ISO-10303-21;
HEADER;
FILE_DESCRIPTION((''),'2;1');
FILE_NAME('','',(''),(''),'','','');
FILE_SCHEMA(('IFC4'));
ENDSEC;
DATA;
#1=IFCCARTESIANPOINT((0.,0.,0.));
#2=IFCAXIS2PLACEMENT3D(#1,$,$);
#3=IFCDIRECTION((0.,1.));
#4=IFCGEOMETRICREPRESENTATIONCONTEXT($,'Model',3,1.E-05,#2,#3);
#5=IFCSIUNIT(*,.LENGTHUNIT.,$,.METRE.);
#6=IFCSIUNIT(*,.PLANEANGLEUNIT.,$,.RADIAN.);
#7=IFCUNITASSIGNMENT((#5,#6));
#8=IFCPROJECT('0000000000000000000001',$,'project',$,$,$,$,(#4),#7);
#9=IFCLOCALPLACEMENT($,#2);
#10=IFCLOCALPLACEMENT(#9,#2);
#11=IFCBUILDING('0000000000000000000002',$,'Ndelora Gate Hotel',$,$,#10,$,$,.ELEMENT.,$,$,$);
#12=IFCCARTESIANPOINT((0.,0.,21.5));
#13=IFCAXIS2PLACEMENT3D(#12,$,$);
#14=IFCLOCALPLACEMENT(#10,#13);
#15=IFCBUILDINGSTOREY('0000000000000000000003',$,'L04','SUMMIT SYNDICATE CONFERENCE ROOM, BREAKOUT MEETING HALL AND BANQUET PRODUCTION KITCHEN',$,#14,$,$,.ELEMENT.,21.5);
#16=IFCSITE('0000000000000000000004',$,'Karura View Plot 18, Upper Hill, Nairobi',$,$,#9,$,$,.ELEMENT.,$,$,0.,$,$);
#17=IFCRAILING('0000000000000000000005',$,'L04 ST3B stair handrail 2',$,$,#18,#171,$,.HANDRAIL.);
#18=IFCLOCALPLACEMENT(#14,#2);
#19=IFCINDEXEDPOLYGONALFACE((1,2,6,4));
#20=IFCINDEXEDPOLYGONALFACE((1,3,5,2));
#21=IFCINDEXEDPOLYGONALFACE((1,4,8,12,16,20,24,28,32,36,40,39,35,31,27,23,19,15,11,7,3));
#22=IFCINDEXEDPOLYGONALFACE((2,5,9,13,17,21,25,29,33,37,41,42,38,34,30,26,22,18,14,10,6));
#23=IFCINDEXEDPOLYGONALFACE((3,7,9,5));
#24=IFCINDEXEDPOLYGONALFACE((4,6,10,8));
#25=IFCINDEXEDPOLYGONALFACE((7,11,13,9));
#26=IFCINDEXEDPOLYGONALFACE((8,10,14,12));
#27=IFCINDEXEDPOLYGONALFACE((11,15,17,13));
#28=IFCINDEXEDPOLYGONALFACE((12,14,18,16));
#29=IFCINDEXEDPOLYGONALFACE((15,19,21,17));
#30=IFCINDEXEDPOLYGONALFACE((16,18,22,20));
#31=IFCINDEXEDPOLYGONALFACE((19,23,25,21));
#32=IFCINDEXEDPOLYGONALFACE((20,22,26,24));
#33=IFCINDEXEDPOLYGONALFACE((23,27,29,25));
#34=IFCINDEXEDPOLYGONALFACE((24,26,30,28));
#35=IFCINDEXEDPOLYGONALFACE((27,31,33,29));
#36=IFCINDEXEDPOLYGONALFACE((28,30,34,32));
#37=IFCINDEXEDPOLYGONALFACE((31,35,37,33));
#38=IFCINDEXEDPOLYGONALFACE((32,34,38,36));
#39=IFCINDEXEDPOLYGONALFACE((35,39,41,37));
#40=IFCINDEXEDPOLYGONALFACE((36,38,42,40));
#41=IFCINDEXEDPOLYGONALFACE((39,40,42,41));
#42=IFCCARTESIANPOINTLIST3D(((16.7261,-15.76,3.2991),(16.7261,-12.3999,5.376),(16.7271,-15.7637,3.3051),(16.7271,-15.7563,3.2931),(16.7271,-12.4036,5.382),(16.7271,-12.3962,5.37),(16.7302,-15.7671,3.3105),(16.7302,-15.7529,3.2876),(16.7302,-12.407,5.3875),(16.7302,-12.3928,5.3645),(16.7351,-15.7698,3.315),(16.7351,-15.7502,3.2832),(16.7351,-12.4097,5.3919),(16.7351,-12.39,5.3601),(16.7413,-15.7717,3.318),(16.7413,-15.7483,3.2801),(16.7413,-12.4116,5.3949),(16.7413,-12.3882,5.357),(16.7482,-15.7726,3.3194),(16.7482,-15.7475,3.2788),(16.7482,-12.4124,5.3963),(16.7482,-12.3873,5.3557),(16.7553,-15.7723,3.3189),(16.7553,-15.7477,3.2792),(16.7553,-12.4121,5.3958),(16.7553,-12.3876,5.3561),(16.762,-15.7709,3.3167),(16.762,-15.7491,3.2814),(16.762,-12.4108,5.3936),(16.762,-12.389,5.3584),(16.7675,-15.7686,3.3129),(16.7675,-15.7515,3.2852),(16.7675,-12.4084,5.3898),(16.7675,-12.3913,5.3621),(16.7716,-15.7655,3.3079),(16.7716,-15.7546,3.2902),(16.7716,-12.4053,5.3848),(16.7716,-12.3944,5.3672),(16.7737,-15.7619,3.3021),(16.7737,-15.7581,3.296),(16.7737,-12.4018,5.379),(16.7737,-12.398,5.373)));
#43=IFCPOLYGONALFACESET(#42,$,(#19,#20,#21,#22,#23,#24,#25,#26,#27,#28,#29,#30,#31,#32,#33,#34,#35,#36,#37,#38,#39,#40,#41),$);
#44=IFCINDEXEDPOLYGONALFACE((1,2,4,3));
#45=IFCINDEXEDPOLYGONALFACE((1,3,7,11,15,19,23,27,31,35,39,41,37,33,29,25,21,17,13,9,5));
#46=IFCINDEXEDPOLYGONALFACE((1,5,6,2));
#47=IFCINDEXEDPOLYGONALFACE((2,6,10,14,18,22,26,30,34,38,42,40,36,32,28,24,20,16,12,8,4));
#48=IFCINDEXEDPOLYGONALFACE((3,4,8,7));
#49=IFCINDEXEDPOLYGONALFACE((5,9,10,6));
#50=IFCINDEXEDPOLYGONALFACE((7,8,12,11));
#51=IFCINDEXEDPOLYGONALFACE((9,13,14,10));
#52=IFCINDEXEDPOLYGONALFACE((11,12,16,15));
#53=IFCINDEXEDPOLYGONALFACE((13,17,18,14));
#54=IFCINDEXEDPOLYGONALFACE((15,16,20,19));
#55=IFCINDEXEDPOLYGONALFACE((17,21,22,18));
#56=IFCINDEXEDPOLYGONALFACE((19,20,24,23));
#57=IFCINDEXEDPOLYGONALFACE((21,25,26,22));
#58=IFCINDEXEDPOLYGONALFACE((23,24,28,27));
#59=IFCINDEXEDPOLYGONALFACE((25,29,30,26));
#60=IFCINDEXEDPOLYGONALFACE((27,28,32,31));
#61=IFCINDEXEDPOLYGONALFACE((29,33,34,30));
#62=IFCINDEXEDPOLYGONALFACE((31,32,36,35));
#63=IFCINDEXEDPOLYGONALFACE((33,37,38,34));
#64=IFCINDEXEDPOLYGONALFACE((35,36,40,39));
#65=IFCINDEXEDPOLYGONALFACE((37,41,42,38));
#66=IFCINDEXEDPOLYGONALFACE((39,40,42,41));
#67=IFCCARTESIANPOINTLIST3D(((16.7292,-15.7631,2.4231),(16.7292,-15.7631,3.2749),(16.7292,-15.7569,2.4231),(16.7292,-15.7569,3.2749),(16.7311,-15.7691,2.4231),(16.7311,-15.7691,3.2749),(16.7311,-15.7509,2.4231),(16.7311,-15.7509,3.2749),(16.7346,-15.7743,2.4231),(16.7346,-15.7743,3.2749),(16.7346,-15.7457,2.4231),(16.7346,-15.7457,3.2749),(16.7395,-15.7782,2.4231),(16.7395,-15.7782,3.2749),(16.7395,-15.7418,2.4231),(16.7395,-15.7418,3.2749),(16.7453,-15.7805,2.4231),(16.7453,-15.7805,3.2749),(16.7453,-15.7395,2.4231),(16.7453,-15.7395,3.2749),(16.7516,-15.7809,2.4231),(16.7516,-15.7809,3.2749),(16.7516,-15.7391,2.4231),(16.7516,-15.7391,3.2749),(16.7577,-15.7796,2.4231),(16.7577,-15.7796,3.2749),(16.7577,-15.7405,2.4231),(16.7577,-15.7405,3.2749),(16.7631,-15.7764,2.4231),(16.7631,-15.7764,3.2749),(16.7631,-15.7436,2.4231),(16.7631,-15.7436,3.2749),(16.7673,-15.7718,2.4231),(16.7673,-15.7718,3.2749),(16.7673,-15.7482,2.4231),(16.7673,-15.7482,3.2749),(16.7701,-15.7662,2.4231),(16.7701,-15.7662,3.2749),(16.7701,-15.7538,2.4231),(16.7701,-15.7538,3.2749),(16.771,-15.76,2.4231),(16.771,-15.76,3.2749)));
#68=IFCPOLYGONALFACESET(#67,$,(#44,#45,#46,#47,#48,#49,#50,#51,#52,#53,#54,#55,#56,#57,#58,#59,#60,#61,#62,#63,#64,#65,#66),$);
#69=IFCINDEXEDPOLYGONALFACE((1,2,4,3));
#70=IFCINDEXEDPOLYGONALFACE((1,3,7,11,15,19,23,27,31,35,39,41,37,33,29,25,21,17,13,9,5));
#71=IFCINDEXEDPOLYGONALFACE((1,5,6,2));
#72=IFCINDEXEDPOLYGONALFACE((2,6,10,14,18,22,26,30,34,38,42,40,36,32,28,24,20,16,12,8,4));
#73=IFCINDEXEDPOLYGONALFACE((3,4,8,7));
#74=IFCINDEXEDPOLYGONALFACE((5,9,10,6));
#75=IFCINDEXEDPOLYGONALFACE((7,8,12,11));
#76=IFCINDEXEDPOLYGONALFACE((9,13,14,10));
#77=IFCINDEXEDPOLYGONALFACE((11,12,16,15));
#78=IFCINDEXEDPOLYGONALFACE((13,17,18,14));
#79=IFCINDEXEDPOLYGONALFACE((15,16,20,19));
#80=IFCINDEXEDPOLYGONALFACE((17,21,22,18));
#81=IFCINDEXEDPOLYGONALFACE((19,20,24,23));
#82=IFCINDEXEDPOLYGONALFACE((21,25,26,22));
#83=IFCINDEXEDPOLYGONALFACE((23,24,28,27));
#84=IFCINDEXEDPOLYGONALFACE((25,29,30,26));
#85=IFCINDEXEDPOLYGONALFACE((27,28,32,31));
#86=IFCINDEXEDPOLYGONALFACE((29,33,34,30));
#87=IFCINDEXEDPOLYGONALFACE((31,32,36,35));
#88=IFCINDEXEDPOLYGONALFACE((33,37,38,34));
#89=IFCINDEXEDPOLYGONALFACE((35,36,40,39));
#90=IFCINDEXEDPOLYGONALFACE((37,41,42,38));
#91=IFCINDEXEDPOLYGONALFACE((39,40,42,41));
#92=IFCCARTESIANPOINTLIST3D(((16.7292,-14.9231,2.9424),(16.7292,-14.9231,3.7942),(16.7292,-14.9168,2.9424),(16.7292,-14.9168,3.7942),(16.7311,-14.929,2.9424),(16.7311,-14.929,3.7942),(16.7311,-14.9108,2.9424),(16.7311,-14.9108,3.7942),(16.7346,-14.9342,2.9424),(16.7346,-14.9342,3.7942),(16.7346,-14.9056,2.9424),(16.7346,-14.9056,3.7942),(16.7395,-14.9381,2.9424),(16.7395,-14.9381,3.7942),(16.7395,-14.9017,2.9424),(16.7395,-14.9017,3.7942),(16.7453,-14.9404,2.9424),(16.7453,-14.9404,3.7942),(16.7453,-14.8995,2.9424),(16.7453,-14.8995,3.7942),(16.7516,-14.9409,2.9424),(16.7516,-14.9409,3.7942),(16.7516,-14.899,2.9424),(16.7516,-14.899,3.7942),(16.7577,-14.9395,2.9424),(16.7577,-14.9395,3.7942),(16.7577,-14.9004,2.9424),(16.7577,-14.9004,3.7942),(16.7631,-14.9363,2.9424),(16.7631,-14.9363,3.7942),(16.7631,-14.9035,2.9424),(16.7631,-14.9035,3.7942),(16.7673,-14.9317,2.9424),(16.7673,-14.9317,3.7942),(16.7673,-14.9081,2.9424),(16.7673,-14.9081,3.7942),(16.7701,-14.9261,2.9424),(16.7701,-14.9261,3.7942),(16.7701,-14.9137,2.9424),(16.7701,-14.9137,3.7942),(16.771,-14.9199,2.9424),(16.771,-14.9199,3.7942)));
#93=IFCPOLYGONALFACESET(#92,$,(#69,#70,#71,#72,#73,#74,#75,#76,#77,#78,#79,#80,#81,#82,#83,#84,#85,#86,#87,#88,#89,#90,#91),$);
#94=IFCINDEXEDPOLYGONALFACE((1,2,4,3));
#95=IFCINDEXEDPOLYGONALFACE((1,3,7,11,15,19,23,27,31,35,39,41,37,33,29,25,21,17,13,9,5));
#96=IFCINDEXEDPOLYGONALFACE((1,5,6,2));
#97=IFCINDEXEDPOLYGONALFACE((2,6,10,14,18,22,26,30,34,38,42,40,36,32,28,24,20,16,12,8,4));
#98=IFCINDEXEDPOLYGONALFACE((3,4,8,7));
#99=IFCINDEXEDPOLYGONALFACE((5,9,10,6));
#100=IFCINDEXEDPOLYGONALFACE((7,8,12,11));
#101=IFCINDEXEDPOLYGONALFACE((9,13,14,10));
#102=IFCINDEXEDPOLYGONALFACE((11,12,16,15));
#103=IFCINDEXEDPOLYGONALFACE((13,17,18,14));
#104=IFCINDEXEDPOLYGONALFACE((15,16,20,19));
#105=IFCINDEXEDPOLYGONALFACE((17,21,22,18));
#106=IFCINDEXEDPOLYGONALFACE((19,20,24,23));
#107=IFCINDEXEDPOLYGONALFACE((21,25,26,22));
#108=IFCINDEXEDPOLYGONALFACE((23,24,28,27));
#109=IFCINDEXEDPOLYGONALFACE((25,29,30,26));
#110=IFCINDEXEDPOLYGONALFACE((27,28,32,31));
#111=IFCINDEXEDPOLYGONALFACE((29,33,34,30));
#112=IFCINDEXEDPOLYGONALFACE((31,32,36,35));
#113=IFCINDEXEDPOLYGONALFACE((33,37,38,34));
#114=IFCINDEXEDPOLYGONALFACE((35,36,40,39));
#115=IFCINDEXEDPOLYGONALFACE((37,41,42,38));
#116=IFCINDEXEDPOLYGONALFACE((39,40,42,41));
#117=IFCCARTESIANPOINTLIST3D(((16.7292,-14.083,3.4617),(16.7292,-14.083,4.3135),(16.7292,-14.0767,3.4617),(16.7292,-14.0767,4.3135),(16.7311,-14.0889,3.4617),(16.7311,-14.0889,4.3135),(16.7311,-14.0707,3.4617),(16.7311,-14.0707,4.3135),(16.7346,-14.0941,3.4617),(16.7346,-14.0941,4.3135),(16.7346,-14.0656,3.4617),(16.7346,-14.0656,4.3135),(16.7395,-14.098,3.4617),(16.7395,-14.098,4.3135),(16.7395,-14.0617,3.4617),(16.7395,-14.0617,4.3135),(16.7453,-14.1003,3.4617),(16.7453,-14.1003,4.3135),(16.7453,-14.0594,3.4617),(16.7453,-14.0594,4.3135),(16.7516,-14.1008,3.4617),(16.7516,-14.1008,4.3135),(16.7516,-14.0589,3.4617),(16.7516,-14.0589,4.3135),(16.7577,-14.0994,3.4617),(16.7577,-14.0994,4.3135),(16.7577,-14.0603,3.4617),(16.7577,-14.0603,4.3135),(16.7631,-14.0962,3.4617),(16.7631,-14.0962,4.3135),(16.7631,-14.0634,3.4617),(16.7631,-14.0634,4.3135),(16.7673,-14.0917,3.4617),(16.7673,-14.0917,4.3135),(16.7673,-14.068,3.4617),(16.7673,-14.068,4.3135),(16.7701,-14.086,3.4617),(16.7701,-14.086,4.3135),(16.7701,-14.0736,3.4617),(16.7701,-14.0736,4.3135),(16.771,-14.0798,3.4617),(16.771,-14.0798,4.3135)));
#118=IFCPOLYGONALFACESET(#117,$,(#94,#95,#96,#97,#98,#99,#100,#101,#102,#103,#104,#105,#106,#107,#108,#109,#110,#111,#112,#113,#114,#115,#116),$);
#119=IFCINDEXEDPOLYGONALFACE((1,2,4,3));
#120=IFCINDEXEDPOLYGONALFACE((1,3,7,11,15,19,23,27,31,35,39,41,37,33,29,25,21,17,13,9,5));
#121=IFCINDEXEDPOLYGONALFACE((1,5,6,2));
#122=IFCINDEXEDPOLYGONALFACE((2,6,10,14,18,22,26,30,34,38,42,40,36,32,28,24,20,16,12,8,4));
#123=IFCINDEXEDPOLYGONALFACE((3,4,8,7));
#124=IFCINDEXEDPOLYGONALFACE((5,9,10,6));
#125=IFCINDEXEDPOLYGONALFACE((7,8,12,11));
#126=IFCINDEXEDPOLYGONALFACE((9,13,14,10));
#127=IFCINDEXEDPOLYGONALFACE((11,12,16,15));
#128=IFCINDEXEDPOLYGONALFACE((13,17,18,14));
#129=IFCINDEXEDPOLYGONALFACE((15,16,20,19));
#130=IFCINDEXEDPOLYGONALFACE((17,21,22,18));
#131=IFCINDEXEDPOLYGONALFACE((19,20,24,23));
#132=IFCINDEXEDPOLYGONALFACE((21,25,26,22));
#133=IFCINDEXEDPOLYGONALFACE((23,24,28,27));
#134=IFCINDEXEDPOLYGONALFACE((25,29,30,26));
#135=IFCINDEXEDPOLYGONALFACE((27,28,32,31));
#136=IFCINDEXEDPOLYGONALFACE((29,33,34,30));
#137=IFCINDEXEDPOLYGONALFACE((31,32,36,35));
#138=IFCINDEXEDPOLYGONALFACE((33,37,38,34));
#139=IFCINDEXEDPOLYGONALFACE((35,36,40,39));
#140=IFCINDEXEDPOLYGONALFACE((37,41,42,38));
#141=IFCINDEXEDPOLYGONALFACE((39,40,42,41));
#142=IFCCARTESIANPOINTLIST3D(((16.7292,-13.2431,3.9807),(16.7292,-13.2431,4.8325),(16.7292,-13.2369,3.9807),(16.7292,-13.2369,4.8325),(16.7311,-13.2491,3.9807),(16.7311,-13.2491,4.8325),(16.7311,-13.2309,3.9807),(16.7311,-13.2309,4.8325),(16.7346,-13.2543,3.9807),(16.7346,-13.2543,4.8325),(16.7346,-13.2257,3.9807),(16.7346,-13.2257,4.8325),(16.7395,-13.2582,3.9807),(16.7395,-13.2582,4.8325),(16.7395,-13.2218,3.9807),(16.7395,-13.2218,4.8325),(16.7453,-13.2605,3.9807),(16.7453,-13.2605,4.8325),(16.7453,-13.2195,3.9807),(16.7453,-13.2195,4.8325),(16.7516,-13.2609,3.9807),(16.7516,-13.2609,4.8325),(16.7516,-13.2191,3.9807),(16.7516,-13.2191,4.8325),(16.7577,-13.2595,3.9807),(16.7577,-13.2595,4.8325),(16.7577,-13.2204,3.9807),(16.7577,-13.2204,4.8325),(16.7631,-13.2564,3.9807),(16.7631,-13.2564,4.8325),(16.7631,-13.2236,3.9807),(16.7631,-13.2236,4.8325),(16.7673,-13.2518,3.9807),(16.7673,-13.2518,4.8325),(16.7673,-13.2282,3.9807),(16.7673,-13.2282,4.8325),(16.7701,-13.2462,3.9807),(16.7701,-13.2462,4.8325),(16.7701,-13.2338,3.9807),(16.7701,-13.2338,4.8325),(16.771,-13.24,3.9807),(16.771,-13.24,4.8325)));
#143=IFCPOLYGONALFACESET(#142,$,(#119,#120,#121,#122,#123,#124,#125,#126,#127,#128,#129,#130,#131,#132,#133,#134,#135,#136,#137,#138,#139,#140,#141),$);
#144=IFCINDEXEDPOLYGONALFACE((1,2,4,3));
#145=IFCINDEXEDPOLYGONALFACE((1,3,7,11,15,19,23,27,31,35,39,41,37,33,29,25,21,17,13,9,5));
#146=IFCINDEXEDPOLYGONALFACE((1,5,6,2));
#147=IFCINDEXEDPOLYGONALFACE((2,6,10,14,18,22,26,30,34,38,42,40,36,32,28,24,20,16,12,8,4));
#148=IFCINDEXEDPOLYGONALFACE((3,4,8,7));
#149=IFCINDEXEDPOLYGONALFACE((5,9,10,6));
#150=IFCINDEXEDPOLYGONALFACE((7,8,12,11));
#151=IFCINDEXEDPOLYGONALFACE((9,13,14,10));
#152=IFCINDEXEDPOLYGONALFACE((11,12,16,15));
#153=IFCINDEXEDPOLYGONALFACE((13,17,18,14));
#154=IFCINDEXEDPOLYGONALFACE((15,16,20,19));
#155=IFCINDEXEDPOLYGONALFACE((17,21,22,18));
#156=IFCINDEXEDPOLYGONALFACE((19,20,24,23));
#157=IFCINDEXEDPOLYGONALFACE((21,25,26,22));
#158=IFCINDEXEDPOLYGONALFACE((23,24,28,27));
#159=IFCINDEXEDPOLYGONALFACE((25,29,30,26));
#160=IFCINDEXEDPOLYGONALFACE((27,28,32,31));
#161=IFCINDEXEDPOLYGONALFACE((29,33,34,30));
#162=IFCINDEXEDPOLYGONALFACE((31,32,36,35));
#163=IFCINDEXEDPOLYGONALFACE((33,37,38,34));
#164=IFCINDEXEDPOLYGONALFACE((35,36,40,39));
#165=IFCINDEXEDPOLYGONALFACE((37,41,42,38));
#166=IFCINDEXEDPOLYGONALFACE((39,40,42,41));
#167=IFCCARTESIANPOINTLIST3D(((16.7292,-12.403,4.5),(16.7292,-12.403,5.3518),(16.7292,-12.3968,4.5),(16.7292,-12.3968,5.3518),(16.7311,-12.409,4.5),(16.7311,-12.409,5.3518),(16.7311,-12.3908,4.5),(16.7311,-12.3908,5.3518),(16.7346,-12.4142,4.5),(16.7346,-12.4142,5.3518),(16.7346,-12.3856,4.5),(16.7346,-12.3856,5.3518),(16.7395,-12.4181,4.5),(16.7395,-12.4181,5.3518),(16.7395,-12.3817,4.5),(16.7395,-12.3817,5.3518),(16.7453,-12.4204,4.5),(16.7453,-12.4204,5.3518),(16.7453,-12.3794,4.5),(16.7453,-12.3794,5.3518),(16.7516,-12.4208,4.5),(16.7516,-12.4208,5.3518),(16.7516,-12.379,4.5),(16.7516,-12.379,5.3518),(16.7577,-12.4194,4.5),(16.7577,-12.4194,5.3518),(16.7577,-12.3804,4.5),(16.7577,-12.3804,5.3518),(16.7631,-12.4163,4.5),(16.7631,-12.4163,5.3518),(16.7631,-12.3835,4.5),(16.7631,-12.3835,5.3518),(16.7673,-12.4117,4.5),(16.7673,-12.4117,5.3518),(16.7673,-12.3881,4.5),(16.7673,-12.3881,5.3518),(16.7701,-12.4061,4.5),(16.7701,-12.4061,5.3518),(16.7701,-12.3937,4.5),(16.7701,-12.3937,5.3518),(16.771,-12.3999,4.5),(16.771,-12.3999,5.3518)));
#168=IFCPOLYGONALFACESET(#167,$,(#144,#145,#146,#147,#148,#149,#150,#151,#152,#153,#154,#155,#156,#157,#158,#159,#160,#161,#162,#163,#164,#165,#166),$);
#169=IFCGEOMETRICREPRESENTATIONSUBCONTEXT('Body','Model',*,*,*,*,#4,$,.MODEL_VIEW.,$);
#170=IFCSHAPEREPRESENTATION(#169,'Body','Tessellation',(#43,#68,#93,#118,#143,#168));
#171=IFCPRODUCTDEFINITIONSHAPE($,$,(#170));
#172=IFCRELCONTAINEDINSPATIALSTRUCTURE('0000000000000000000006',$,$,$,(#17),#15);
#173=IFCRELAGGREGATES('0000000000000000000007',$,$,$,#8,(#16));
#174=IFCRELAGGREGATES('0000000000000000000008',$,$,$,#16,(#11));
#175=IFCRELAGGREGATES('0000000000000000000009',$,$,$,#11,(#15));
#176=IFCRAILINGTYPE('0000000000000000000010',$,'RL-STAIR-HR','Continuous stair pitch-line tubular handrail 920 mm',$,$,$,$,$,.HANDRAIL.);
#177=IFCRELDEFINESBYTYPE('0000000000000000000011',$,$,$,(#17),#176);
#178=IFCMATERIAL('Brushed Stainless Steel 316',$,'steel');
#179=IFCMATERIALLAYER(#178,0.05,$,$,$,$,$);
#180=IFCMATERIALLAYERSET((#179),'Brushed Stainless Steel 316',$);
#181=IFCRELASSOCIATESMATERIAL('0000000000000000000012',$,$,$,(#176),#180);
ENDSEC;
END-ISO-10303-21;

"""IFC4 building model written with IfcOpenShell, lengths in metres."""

from ifc_helpers import new_model, si_unit, direction, frame, origin, origin_2d, place, context, subcontext, project, spatial, circle, extrude, material, layer, layer_set, type_object, element, save


model = new_model("IFC4")

# Units and contexts
model_context = context("Model", 3, precision=1e-05, world=origin(), true_north=direction((0.0, 1.0)))
body_context = subcontext(model_context, "Body", "Model", "MODEL_VIEW")
ifc_project = project(units=[si_unit("LENGTHUNIT", "METRE"), si_unit("PLANEANGLEUNIT", "RADIAN")], contexts=[model_context])

# Site, building, storey
site_placement = place(None, origin())
site = spatial("IfcSite", under=ifc_project, at=site_placement, Name="Karura View Plot 18, Upper Hill, Nairobi", CompositionType="ELEMENT", RefElevation=0.0)
building_placement = place(site_placement, origin())
building = spatial("IfcBuilding", under=site, at=building_placement, Name="Ndelora Gate Hotel", CompositionType="ELEMENT")
storey_placement = place(building_placement, frame((0.0, 0.0, 21.5)))
storey = spatial("IfcBuildingStorey", under=building, at=storey_placement, Name="L04", Description="SUMMIT SYNDICATE CONFERENCE ROOM, BREAKOUT MEETING HALL AND BANQUET PRODUCTION KITCHEN", CompositionType="ELEMENT", Elevation=21.5)

# Railing
ifc_material_1 = material(Name="Brushed Stainless Steel 316", Category="steel")
ifc_layer_1 = layer(ifc_material_1, 0.05)
ifc_layer_set_1 = layer_set([ifc_layer_1], Name="Brushed Stainless Steel 316")
railing_type_1 = type_object("IfcRailingType", Name="RL-STAIR-HR", Description="Continuous stair pitch-line tubular handrail 920 mm", PredefinedType="HANDRAIL", material=ifc_layer_set_1)
railing_1_placement = place(storey_placement, frame((16.75, -15.76, 2.4231)))
element("IfcRailing", 1, at=railing_1_placement, inside=storey, type_object=railing_type_1, Name="L04 ST3B stair handrail 2", PredefinedType="HANDRAIL", context=body_context, shape_type="SweptSolid", body=[
    extrude(circle(Radius=0.0239, at=origin_2d()), frame((0.0, 0.0, 0.876), z_axis=(0.0, 0.850623, 0.525776), x_axis=(-1.0, 0.0, 0.0)), (0.0, 0.0, 1.0), 3.9502),
    extrude(circle(Radius=0.021, at=origin_2d()), origin(), (0.0, 0.0, 1.0), 0.8518),
    extrude(circle(Radius=0.021, at=origin_2d()), frame((0.0, 0.8401, 0.5193)), (0.0, 0.0, 1.0), 0.8518),
    extrude(circle(Radius=0.021, at=origin_2d()), frame((0.0, 1.6802, 1.0386)), (0.0, 0.0, 1.0), 0.8518),
    extrude(circle(Radius=0.021, at=origin_2d()), frame((0.0, 2.52, 1.5576)), (0.0, 0.0, 1.0), 0.8518),
    extrude(circle(Radius=0.021, at=origin_2d()), frame((0.0, 3.3601, 2.0769)), (0.0, 0.0, 1.0), 0.8518),
])

save(model, "model.ifc")
